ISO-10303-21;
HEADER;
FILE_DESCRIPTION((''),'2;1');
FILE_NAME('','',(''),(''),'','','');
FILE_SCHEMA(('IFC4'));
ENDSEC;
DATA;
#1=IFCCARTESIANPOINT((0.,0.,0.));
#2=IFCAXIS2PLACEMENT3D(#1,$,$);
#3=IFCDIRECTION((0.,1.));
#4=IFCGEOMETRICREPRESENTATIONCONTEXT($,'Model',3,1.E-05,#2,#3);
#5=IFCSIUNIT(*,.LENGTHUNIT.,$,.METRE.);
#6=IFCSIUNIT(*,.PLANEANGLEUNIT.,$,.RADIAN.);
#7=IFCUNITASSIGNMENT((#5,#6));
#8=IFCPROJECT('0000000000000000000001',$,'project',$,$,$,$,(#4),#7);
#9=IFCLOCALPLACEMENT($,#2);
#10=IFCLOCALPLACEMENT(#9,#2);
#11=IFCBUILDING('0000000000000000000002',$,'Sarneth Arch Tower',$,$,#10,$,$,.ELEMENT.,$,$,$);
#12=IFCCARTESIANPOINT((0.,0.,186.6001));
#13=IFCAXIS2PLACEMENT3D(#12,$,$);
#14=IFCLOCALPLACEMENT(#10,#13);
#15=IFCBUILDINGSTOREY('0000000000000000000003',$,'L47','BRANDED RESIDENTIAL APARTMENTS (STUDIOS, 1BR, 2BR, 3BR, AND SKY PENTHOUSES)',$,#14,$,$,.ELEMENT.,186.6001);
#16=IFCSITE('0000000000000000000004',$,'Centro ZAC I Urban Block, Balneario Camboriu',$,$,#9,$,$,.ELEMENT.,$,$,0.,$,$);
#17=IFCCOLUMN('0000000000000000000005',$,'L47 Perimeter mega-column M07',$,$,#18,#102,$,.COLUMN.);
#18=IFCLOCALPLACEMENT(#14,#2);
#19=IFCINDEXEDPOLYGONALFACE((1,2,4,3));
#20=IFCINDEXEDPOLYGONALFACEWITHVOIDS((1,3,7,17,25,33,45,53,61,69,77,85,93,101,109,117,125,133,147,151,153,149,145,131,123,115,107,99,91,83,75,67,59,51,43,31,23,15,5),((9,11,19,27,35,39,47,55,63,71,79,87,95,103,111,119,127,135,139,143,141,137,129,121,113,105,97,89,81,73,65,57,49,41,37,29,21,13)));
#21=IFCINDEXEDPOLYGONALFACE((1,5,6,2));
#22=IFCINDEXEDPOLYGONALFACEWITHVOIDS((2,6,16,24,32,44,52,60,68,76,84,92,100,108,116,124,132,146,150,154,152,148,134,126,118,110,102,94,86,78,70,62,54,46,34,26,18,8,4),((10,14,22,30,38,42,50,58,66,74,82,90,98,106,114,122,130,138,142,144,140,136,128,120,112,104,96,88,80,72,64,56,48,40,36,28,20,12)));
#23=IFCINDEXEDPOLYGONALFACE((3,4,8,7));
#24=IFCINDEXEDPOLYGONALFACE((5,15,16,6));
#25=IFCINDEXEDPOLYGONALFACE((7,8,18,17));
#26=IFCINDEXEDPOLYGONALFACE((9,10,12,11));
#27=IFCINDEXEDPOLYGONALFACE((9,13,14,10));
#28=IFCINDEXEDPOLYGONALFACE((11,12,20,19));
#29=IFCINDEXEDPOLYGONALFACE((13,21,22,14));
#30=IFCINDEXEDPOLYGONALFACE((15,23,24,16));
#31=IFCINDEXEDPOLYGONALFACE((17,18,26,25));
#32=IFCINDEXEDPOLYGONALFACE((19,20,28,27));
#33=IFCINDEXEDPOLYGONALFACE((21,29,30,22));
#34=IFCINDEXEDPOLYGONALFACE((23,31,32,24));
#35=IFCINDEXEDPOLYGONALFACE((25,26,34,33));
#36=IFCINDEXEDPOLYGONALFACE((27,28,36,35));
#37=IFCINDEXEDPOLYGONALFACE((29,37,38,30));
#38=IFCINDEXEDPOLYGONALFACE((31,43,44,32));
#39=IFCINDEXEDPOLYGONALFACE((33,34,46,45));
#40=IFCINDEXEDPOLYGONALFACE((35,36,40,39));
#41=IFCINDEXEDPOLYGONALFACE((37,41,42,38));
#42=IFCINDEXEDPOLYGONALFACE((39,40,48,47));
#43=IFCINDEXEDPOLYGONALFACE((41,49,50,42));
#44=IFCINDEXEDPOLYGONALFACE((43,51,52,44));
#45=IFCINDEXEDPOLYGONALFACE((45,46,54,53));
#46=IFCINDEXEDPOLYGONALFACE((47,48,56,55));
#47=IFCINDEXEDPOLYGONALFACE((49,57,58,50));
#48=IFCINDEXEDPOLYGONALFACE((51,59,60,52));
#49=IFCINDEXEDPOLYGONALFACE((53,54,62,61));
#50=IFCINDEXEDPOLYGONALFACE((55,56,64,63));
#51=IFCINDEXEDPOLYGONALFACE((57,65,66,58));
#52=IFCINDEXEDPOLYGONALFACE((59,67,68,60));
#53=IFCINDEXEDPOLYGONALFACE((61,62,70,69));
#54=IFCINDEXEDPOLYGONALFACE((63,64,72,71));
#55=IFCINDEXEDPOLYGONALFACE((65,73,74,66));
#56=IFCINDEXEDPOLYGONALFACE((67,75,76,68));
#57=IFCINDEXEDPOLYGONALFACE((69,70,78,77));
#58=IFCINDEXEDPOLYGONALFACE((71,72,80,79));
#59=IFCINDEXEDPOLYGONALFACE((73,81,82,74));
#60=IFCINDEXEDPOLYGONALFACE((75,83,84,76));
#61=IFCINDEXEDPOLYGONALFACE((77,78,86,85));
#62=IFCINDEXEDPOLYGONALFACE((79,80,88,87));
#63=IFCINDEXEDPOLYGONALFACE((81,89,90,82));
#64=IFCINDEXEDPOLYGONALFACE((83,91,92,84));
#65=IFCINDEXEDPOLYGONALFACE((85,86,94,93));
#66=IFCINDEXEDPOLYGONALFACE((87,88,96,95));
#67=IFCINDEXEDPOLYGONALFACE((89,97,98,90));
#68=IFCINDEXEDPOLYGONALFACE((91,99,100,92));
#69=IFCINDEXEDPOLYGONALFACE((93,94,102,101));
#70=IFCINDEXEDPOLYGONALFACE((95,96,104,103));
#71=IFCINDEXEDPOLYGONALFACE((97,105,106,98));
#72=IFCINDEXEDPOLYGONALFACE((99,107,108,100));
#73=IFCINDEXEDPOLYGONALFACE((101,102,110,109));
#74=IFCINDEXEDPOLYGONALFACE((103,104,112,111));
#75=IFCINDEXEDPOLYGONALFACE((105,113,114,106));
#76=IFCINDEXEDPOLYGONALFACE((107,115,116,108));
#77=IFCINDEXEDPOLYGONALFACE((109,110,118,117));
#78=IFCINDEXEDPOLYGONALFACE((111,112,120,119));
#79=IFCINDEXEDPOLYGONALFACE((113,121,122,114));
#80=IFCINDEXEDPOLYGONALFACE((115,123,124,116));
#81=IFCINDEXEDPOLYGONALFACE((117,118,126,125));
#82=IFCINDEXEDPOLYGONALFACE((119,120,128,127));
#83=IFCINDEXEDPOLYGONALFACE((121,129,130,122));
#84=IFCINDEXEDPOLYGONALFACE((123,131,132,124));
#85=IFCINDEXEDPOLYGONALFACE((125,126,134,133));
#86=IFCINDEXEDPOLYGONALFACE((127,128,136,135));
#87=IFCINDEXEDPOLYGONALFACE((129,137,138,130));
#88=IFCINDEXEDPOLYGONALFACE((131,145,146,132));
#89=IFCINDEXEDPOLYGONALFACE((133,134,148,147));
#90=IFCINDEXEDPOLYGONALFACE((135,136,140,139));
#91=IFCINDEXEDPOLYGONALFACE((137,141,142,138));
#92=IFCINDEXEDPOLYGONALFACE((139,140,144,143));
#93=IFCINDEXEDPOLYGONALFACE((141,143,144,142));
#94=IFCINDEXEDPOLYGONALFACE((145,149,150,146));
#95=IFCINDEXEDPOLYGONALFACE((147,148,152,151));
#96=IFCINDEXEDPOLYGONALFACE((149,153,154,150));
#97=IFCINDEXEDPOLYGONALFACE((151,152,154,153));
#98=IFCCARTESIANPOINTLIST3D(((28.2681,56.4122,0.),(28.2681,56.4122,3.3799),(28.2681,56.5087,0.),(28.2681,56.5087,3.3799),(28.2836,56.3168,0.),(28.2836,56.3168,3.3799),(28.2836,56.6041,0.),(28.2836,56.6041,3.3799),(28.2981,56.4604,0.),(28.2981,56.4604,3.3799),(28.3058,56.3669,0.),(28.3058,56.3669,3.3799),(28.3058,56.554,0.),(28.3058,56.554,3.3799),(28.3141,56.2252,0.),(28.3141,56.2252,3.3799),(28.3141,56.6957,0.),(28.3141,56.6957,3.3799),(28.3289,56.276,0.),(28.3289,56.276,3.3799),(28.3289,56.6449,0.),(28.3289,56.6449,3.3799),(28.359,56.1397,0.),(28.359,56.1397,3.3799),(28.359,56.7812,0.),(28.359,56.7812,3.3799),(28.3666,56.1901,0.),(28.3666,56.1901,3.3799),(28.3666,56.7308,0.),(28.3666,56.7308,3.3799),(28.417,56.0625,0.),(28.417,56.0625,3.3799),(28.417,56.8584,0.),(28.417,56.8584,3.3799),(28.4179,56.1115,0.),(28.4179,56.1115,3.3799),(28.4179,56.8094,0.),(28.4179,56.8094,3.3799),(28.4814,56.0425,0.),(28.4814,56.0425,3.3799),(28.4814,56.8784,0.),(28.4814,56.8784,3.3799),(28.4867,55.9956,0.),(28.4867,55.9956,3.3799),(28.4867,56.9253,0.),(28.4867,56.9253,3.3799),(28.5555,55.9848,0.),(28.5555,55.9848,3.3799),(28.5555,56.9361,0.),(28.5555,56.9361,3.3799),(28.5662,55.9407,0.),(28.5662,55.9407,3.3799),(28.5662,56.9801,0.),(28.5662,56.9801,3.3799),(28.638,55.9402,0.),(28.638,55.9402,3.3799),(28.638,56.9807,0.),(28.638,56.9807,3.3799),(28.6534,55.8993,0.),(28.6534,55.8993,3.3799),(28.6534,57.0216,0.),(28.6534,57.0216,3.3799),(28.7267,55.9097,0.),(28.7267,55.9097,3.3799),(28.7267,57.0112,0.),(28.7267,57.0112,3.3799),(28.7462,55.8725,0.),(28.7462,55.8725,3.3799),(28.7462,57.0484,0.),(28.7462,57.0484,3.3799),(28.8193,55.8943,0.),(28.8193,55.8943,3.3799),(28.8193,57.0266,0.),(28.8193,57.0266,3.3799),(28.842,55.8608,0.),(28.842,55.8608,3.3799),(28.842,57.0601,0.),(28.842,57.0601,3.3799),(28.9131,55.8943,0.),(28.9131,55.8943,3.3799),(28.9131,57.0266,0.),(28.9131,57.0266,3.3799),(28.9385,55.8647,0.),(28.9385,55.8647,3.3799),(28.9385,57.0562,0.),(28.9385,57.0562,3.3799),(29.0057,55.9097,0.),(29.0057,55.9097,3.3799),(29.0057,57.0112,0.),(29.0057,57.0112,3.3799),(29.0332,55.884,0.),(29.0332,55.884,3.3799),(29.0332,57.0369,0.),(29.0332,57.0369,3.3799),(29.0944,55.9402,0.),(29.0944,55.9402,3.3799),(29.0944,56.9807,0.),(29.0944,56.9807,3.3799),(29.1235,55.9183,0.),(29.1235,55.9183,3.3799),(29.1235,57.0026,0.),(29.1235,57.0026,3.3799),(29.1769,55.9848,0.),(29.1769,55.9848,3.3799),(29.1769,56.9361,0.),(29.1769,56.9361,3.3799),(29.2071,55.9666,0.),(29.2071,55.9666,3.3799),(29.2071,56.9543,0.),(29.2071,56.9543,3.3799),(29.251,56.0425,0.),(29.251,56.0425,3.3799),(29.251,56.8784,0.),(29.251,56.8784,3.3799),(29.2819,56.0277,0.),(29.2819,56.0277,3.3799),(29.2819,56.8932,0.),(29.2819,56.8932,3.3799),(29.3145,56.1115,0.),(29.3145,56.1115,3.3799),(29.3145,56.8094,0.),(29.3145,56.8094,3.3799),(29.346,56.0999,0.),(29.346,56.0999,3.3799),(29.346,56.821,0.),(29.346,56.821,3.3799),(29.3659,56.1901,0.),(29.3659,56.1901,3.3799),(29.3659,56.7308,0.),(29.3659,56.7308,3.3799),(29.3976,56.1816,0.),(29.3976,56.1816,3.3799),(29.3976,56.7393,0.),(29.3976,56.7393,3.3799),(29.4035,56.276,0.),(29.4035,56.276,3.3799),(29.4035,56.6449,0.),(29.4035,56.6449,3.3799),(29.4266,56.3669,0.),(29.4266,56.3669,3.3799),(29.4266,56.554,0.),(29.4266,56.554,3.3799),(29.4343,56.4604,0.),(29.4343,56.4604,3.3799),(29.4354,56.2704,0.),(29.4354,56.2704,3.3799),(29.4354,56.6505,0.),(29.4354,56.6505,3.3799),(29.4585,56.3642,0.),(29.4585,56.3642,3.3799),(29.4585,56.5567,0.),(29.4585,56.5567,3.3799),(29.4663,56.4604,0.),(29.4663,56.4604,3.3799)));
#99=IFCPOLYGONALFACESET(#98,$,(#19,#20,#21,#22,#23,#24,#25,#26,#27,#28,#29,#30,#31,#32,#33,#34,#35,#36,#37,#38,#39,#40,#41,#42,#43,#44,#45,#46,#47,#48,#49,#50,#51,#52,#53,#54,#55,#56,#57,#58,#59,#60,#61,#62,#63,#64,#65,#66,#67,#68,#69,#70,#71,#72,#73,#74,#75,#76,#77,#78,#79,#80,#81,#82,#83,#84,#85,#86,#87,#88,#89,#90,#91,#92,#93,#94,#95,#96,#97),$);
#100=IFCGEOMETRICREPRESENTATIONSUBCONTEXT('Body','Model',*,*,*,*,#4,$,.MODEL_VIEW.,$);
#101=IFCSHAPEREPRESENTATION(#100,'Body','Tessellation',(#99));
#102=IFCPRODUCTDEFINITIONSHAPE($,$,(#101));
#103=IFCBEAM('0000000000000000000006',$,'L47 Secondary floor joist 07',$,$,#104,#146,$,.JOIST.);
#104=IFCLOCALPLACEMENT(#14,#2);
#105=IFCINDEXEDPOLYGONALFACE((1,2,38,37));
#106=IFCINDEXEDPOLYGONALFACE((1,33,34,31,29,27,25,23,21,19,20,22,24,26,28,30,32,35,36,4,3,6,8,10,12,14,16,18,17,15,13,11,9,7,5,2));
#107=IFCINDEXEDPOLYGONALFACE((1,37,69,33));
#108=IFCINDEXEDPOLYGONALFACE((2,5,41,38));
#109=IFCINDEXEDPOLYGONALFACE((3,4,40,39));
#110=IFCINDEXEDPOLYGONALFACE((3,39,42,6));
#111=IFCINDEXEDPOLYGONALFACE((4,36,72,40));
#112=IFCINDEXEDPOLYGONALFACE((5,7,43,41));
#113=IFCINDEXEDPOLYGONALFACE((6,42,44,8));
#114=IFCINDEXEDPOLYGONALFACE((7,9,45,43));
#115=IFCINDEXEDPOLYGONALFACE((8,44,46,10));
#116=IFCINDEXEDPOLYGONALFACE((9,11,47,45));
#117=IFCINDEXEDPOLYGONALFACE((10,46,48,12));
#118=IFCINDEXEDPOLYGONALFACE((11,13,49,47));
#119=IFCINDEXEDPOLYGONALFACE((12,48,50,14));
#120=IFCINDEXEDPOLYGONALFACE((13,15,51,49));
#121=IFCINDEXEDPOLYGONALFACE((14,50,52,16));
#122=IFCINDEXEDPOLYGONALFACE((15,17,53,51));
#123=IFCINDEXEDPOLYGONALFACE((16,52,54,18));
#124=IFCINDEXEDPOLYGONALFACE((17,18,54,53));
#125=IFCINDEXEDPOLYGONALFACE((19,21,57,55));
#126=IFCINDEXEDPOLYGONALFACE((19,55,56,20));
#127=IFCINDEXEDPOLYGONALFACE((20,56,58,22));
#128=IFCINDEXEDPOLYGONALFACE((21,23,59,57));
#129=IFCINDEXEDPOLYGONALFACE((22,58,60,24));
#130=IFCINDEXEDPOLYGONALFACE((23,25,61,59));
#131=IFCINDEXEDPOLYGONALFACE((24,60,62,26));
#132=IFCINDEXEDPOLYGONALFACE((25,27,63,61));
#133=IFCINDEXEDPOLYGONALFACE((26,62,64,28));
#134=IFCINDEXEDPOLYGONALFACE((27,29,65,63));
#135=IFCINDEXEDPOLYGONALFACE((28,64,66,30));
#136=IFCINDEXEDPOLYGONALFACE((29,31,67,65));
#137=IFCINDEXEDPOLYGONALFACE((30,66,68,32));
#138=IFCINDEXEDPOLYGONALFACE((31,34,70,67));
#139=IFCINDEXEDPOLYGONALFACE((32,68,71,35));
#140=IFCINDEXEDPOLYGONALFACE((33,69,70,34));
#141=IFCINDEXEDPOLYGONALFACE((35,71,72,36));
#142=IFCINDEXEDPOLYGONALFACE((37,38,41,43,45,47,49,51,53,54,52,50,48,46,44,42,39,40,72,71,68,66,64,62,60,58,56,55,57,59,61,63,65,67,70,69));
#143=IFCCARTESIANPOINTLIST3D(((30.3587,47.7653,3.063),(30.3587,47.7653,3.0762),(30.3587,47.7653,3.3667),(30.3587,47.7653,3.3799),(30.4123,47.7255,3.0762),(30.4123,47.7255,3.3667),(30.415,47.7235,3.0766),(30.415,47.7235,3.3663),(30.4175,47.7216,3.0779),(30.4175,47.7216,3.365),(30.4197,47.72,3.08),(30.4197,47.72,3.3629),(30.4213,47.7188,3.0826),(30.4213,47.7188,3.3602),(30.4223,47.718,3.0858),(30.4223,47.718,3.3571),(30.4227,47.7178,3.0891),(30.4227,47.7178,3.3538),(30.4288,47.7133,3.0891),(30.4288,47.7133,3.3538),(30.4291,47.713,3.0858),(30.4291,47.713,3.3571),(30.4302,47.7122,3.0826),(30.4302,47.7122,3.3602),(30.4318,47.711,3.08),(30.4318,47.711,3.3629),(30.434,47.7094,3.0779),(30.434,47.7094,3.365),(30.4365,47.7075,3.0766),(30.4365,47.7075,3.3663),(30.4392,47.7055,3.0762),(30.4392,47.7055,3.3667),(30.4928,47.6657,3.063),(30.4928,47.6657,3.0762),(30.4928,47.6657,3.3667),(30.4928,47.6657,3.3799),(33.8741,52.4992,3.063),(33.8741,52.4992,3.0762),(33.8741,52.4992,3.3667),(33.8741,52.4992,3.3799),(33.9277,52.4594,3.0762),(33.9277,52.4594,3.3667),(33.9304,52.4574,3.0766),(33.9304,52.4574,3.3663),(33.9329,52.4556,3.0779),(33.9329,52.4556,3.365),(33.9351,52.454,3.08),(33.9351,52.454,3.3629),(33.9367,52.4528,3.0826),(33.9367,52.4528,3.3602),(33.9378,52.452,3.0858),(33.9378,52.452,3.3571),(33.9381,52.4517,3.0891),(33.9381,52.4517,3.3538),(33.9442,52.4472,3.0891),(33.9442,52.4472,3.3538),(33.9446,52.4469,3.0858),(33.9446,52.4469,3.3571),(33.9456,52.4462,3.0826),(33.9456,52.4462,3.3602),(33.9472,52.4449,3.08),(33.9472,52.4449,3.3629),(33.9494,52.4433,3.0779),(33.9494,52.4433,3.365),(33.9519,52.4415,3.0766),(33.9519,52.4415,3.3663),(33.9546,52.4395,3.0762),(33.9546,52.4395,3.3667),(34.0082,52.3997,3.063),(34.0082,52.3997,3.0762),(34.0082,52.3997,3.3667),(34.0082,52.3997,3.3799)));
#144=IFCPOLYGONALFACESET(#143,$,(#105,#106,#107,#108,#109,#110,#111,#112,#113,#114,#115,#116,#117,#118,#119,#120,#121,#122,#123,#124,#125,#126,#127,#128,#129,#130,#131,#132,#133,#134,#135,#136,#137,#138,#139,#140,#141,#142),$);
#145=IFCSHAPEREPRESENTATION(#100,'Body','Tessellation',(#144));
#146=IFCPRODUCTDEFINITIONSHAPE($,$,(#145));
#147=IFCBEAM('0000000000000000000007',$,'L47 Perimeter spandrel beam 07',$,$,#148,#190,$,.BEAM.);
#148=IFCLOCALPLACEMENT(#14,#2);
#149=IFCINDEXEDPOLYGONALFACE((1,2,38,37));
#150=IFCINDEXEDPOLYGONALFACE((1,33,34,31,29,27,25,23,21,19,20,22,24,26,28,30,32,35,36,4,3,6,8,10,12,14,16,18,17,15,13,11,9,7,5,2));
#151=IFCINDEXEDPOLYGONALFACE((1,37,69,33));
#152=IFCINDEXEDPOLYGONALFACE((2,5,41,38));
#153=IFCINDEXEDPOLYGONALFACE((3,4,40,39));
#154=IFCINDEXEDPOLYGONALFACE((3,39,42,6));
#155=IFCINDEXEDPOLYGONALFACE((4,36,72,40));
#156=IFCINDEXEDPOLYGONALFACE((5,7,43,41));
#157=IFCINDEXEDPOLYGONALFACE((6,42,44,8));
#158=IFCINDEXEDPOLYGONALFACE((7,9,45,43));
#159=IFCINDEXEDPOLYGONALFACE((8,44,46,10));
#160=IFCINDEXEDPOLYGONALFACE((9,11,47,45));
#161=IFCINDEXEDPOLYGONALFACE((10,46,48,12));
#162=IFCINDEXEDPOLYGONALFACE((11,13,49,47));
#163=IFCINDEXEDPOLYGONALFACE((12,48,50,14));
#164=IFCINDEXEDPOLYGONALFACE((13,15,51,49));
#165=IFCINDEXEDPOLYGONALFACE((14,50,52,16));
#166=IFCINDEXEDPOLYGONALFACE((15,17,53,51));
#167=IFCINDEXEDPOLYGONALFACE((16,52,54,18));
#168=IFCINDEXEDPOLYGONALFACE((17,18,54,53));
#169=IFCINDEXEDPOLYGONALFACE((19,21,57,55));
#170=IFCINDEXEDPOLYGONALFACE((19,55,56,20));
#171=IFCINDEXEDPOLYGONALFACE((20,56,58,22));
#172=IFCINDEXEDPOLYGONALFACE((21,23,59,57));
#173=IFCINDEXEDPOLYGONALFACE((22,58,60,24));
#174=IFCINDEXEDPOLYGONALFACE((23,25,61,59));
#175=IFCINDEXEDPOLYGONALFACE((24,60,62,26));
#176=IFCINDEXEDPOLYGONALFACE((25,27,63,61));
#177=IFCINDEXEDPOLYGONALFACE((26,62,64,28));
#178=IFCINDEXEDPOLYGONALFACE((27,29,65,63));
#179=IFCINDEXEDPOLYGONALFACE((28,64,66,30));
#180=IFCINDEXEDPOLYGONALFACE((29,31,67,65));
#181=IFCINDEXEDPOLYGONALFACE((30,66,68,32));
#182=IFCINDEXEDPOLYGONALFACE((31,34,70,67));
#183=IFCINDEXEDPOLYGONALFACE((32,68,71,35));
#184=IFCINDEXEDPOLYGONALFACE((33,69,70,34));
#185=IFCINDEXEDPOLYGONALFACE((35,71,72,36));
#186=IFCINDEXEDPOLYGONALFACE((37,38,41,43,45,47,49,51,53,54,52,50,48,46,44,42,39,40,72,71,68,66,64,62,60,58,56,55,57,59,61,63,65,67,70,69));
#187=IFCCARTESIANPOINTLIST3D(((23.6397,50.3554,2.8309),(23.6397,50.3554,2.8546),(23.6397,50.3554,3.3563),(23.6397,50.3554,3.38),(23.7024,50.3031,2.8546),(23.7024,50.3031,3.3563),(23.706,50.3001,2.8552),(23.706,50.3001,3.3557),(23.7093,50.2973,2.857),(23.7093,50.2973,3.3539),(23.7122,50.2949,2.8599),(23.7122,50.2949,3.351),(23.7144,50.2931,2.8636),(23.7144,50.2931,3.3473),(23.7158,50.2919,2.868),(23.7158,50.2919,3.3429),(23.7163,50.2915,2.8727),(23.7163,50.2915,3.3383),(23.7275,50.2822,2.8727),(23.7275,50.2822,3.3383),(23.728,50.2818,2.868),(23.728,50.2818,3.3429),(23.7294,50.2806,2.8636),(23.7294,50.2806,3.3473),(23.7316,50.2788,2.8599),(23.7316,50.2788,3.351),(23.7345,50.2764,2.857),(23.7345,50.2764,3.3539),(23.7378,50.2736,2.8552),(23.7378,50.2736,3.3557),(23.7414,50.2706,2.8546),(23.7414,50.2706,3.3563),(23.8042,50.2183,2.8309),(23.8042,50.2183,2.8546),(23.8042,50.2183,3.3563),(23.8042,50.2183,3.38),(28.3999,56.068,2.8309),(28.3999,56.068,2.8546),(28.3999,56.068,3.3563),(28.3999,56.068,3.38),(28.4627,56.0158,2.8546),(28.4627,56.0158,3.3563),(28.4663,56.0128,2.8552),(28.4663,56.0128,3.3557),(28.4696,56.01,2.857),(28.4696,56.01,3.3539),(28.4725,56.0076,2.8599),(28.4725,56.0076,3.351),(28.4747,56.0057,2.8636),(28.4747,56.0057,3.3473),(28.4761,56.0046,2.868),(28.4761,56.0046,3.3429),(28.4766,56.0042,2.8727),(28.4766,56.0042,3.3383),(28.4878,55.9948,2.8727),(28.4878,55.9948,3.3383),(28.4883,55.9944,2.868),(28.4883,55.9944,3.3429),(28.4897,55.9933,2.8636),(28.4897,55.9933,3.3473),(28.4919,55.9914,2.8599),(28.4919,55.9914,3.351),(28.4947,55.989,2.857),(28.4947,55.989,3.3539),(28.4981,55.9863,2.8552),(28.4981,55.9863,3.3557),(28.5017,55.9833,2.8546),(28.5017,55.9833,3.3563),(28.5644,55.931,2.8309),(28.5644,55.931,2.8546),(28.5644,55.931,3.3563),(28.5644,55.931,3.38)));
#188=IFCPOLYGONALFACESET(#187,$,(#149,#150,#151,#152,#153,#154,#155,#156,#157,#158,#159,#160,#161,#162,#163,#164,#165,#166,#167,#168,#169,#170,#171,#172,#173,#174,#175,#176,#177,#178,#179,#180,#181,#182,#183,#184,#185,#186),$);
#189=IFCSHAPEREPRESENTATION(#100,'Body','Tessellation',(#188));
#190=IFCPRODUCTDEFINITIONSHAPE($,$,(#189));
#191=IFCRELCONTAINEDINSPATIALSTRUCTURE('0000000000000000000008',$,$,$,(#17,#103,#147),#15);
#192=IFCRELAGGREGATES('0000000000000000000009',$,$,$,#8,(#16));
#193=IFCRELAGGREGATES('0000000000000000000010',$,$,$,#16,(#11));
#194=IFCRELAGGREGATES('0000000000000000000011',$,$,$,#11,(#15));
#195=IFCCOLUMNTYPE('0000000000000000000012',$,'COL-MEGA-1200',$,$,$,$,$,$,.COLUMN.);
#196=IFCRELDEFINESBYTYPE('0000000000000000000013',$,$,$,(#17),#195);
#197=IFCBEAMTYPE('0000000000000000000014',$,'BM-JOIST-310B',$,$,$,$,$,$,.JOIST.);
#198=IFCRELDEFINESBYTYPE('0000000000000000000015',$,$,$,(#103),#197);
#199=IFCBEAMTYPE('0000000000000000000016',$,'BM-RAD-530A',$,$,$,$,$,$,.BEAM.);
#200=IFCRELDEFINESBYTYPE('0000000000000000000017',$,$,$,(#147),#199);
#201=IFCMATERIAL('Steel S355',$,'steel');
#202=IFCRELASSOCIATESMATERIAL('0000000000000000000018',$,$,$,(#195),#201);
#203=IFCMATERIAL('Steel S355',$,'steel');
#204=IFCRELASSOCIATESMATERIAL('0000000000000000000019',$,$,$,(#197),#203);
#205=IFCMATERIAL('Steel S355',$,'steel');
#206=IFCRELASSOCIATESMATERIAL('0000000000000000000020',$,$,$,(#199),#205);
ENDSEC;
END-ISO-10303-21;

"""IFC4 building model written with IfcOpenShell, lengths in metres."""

from ifc_helpers import new_model, si_unit, direction, frame, origin, origin_2d, place, context, subcontext, project, spatial, hollow_circle, i_section, extrude, material, material_profile, profile_set, type_object, element, save


model = new_model("IFC4")

# Units and contexts
model_context = context("Model", 3, precision=1e-05, world=origin(), true_north=direction((0.0, 1.0)))
body_context = subcontext(model_context, "Body", "Model", "MODEL_VIEW")
ifc_project = project(units=[si_unit("LENGTHUNIT", "METRE"), si_unit("PLANEANGLEUNIT", "RADIAN")], contexts=[model_context])

# Site, building, storey
site_placement = place(None, origin())
site = spatial("IfcSite", under=ifc_project, at=site_placement, Name="Centro ZAC I Urban Block, Balneario Camboriu", CompositionType="ELEMENT", RefElevation=0.0)
building_placement = place(site_placement, origin())
building = spatial("IfcBuilding", under=site, at=building_placement, Name="Sarneth Arch Tower", CompositionType="ELEMENT")
storey_placement = place(building_placement, frame((0.0, 0.0, 186.6001)))
storey = spatial("IfcBuildingStorey", under=building, at=storey_placement, Name="L47", Description="BRANDED RESIDENTIAL APARTMENTS (STUDIOS, 1BR, 2BR, 3BR, AND SKY PENTHOUSES)", CompositionType="ELEMENT", Elevation=186.6001)

# Column
ifc_material_1 = material(Name="Steel S355", Category="steel")
ifc_material_profile_1 = material_profile(ifc_material_1, hollow_circle(Radius=0.6001, WallThickness=0.032, at=origin_2d()), Name="CHS1200x32")
ifc_profile_set_1 = profile_set([ifc_material_profile_1], Name="Steel S355")
column_type = type_object("IfcColumnType", Name="COL-MEGA-1200", PredefinedType="COLUMN", material=ifc_profile_set_1)
column_placement = place(storey_placement, frame((28.8662, 56.4604, 0.0), z_axis=(0.0, 0.0, 1.0), x_axis=(1.0, 0.0, 0.0)))
element("IfcColumn", 1, at=column_placement, inside=storey, type_object=column_type, Name="L47 Perimeter mega-column M07", PredefinedType="COLUMN", context=body_context, shape_type="SweptSolid", body=[
    extrude(hollow_circle(Radius=0.6001, WallThickness=0.032, at=origin_2d()), origin(), (0.0, 0.0, 1.0), 3.3799),
])

# Beams
ifc_material_2 = material(Name="Steel S355", Category="steel")
ifc_material_profile_2 = material_profile(ifc_material_2, i_section(OverallWidth=0.167, OverallDepth=0.3169, WebThickness=0.0076, FlangeThickness=0.0132, FilletRadius=0.0129, at=origin_2d()), Name="W310x52")
ifc_profile_set_2 = profile_set([ifc_material_profile_2], Name="Steel S355")
beam_type_1 = type_object("IfcBeamType", Name="BM-JOIST-310B", PredefinedType="JOIST", material=ifc_profile_set_2)
beam_1_placement = place(storey_placement, frame((33.9412, 52.4495, 3.2214), z_axis=(-0.596191, -0.802843, 0.0), x_axis=(0.802843, -0.596191, 0.0)))
element("IfcBeam", 2, at=beam_1_placement, inside=storey, type_object=beam_type_1, Name="L47 Secondary floor joist 07", PredefinedType="JOIST", context=body_context, shape_type="SweptSolid", body=[
    extrude(i_section(OverallWidth=0.167, OverallDepth=0.3169, WebThickness=0.0076, FlangeThickness=0.0132, FilletRadius=0.0129, at=origin_2d()), origin(), (0.0, 0.0, 1.0), 5.8965),
])
ifc_material_3 = material(Name="Steel S355", Category="steel")
ifc_material_profile_3 = material_profile(ifc_material_3, i_section(OverallWidth=0.2141, OverallDepth=0.5491, WebThickness=0.0146, FlangeThickness=0.0237, FilletRadius=0.0181, at=origin_2d()), Name="W530x138")
ifc_profile_set_3 = profile_set([ifc_material_profile_3], Name="Steel S355")
beam_type_2 = type_object("IfcBeamType", Name="BM-RAD-530A", PredefinedType="BEAM", material=ifc_profile_set_3)
beam_2_placement = place(storey_placement, frame((28.4822, 55.9995, 3.1055), z_axis=(-0.640162, -0.76824, 0.0), x_axis=(0.76824, -0.640162, 0.0)))
element("IfcBeam", 3, at=beam_2_placement, inside=storey, type_object=beam_type_2, Name="L47 Perimeter spandrel beam 07", PredefinedType="BEAM", context=body_context, shape_type="SweptSolid", body=[
    extrude(i_section(OverallWidth=0.2141, OverallDepth=0.5491, WebThickness=0.0146, FlangeThickness=0.0237, FilletRadius=0.0181, at=origin_2d()), origin(), (0.0, 0.0, 1.0), 7.436),
])

save(model, "model.ifc")
